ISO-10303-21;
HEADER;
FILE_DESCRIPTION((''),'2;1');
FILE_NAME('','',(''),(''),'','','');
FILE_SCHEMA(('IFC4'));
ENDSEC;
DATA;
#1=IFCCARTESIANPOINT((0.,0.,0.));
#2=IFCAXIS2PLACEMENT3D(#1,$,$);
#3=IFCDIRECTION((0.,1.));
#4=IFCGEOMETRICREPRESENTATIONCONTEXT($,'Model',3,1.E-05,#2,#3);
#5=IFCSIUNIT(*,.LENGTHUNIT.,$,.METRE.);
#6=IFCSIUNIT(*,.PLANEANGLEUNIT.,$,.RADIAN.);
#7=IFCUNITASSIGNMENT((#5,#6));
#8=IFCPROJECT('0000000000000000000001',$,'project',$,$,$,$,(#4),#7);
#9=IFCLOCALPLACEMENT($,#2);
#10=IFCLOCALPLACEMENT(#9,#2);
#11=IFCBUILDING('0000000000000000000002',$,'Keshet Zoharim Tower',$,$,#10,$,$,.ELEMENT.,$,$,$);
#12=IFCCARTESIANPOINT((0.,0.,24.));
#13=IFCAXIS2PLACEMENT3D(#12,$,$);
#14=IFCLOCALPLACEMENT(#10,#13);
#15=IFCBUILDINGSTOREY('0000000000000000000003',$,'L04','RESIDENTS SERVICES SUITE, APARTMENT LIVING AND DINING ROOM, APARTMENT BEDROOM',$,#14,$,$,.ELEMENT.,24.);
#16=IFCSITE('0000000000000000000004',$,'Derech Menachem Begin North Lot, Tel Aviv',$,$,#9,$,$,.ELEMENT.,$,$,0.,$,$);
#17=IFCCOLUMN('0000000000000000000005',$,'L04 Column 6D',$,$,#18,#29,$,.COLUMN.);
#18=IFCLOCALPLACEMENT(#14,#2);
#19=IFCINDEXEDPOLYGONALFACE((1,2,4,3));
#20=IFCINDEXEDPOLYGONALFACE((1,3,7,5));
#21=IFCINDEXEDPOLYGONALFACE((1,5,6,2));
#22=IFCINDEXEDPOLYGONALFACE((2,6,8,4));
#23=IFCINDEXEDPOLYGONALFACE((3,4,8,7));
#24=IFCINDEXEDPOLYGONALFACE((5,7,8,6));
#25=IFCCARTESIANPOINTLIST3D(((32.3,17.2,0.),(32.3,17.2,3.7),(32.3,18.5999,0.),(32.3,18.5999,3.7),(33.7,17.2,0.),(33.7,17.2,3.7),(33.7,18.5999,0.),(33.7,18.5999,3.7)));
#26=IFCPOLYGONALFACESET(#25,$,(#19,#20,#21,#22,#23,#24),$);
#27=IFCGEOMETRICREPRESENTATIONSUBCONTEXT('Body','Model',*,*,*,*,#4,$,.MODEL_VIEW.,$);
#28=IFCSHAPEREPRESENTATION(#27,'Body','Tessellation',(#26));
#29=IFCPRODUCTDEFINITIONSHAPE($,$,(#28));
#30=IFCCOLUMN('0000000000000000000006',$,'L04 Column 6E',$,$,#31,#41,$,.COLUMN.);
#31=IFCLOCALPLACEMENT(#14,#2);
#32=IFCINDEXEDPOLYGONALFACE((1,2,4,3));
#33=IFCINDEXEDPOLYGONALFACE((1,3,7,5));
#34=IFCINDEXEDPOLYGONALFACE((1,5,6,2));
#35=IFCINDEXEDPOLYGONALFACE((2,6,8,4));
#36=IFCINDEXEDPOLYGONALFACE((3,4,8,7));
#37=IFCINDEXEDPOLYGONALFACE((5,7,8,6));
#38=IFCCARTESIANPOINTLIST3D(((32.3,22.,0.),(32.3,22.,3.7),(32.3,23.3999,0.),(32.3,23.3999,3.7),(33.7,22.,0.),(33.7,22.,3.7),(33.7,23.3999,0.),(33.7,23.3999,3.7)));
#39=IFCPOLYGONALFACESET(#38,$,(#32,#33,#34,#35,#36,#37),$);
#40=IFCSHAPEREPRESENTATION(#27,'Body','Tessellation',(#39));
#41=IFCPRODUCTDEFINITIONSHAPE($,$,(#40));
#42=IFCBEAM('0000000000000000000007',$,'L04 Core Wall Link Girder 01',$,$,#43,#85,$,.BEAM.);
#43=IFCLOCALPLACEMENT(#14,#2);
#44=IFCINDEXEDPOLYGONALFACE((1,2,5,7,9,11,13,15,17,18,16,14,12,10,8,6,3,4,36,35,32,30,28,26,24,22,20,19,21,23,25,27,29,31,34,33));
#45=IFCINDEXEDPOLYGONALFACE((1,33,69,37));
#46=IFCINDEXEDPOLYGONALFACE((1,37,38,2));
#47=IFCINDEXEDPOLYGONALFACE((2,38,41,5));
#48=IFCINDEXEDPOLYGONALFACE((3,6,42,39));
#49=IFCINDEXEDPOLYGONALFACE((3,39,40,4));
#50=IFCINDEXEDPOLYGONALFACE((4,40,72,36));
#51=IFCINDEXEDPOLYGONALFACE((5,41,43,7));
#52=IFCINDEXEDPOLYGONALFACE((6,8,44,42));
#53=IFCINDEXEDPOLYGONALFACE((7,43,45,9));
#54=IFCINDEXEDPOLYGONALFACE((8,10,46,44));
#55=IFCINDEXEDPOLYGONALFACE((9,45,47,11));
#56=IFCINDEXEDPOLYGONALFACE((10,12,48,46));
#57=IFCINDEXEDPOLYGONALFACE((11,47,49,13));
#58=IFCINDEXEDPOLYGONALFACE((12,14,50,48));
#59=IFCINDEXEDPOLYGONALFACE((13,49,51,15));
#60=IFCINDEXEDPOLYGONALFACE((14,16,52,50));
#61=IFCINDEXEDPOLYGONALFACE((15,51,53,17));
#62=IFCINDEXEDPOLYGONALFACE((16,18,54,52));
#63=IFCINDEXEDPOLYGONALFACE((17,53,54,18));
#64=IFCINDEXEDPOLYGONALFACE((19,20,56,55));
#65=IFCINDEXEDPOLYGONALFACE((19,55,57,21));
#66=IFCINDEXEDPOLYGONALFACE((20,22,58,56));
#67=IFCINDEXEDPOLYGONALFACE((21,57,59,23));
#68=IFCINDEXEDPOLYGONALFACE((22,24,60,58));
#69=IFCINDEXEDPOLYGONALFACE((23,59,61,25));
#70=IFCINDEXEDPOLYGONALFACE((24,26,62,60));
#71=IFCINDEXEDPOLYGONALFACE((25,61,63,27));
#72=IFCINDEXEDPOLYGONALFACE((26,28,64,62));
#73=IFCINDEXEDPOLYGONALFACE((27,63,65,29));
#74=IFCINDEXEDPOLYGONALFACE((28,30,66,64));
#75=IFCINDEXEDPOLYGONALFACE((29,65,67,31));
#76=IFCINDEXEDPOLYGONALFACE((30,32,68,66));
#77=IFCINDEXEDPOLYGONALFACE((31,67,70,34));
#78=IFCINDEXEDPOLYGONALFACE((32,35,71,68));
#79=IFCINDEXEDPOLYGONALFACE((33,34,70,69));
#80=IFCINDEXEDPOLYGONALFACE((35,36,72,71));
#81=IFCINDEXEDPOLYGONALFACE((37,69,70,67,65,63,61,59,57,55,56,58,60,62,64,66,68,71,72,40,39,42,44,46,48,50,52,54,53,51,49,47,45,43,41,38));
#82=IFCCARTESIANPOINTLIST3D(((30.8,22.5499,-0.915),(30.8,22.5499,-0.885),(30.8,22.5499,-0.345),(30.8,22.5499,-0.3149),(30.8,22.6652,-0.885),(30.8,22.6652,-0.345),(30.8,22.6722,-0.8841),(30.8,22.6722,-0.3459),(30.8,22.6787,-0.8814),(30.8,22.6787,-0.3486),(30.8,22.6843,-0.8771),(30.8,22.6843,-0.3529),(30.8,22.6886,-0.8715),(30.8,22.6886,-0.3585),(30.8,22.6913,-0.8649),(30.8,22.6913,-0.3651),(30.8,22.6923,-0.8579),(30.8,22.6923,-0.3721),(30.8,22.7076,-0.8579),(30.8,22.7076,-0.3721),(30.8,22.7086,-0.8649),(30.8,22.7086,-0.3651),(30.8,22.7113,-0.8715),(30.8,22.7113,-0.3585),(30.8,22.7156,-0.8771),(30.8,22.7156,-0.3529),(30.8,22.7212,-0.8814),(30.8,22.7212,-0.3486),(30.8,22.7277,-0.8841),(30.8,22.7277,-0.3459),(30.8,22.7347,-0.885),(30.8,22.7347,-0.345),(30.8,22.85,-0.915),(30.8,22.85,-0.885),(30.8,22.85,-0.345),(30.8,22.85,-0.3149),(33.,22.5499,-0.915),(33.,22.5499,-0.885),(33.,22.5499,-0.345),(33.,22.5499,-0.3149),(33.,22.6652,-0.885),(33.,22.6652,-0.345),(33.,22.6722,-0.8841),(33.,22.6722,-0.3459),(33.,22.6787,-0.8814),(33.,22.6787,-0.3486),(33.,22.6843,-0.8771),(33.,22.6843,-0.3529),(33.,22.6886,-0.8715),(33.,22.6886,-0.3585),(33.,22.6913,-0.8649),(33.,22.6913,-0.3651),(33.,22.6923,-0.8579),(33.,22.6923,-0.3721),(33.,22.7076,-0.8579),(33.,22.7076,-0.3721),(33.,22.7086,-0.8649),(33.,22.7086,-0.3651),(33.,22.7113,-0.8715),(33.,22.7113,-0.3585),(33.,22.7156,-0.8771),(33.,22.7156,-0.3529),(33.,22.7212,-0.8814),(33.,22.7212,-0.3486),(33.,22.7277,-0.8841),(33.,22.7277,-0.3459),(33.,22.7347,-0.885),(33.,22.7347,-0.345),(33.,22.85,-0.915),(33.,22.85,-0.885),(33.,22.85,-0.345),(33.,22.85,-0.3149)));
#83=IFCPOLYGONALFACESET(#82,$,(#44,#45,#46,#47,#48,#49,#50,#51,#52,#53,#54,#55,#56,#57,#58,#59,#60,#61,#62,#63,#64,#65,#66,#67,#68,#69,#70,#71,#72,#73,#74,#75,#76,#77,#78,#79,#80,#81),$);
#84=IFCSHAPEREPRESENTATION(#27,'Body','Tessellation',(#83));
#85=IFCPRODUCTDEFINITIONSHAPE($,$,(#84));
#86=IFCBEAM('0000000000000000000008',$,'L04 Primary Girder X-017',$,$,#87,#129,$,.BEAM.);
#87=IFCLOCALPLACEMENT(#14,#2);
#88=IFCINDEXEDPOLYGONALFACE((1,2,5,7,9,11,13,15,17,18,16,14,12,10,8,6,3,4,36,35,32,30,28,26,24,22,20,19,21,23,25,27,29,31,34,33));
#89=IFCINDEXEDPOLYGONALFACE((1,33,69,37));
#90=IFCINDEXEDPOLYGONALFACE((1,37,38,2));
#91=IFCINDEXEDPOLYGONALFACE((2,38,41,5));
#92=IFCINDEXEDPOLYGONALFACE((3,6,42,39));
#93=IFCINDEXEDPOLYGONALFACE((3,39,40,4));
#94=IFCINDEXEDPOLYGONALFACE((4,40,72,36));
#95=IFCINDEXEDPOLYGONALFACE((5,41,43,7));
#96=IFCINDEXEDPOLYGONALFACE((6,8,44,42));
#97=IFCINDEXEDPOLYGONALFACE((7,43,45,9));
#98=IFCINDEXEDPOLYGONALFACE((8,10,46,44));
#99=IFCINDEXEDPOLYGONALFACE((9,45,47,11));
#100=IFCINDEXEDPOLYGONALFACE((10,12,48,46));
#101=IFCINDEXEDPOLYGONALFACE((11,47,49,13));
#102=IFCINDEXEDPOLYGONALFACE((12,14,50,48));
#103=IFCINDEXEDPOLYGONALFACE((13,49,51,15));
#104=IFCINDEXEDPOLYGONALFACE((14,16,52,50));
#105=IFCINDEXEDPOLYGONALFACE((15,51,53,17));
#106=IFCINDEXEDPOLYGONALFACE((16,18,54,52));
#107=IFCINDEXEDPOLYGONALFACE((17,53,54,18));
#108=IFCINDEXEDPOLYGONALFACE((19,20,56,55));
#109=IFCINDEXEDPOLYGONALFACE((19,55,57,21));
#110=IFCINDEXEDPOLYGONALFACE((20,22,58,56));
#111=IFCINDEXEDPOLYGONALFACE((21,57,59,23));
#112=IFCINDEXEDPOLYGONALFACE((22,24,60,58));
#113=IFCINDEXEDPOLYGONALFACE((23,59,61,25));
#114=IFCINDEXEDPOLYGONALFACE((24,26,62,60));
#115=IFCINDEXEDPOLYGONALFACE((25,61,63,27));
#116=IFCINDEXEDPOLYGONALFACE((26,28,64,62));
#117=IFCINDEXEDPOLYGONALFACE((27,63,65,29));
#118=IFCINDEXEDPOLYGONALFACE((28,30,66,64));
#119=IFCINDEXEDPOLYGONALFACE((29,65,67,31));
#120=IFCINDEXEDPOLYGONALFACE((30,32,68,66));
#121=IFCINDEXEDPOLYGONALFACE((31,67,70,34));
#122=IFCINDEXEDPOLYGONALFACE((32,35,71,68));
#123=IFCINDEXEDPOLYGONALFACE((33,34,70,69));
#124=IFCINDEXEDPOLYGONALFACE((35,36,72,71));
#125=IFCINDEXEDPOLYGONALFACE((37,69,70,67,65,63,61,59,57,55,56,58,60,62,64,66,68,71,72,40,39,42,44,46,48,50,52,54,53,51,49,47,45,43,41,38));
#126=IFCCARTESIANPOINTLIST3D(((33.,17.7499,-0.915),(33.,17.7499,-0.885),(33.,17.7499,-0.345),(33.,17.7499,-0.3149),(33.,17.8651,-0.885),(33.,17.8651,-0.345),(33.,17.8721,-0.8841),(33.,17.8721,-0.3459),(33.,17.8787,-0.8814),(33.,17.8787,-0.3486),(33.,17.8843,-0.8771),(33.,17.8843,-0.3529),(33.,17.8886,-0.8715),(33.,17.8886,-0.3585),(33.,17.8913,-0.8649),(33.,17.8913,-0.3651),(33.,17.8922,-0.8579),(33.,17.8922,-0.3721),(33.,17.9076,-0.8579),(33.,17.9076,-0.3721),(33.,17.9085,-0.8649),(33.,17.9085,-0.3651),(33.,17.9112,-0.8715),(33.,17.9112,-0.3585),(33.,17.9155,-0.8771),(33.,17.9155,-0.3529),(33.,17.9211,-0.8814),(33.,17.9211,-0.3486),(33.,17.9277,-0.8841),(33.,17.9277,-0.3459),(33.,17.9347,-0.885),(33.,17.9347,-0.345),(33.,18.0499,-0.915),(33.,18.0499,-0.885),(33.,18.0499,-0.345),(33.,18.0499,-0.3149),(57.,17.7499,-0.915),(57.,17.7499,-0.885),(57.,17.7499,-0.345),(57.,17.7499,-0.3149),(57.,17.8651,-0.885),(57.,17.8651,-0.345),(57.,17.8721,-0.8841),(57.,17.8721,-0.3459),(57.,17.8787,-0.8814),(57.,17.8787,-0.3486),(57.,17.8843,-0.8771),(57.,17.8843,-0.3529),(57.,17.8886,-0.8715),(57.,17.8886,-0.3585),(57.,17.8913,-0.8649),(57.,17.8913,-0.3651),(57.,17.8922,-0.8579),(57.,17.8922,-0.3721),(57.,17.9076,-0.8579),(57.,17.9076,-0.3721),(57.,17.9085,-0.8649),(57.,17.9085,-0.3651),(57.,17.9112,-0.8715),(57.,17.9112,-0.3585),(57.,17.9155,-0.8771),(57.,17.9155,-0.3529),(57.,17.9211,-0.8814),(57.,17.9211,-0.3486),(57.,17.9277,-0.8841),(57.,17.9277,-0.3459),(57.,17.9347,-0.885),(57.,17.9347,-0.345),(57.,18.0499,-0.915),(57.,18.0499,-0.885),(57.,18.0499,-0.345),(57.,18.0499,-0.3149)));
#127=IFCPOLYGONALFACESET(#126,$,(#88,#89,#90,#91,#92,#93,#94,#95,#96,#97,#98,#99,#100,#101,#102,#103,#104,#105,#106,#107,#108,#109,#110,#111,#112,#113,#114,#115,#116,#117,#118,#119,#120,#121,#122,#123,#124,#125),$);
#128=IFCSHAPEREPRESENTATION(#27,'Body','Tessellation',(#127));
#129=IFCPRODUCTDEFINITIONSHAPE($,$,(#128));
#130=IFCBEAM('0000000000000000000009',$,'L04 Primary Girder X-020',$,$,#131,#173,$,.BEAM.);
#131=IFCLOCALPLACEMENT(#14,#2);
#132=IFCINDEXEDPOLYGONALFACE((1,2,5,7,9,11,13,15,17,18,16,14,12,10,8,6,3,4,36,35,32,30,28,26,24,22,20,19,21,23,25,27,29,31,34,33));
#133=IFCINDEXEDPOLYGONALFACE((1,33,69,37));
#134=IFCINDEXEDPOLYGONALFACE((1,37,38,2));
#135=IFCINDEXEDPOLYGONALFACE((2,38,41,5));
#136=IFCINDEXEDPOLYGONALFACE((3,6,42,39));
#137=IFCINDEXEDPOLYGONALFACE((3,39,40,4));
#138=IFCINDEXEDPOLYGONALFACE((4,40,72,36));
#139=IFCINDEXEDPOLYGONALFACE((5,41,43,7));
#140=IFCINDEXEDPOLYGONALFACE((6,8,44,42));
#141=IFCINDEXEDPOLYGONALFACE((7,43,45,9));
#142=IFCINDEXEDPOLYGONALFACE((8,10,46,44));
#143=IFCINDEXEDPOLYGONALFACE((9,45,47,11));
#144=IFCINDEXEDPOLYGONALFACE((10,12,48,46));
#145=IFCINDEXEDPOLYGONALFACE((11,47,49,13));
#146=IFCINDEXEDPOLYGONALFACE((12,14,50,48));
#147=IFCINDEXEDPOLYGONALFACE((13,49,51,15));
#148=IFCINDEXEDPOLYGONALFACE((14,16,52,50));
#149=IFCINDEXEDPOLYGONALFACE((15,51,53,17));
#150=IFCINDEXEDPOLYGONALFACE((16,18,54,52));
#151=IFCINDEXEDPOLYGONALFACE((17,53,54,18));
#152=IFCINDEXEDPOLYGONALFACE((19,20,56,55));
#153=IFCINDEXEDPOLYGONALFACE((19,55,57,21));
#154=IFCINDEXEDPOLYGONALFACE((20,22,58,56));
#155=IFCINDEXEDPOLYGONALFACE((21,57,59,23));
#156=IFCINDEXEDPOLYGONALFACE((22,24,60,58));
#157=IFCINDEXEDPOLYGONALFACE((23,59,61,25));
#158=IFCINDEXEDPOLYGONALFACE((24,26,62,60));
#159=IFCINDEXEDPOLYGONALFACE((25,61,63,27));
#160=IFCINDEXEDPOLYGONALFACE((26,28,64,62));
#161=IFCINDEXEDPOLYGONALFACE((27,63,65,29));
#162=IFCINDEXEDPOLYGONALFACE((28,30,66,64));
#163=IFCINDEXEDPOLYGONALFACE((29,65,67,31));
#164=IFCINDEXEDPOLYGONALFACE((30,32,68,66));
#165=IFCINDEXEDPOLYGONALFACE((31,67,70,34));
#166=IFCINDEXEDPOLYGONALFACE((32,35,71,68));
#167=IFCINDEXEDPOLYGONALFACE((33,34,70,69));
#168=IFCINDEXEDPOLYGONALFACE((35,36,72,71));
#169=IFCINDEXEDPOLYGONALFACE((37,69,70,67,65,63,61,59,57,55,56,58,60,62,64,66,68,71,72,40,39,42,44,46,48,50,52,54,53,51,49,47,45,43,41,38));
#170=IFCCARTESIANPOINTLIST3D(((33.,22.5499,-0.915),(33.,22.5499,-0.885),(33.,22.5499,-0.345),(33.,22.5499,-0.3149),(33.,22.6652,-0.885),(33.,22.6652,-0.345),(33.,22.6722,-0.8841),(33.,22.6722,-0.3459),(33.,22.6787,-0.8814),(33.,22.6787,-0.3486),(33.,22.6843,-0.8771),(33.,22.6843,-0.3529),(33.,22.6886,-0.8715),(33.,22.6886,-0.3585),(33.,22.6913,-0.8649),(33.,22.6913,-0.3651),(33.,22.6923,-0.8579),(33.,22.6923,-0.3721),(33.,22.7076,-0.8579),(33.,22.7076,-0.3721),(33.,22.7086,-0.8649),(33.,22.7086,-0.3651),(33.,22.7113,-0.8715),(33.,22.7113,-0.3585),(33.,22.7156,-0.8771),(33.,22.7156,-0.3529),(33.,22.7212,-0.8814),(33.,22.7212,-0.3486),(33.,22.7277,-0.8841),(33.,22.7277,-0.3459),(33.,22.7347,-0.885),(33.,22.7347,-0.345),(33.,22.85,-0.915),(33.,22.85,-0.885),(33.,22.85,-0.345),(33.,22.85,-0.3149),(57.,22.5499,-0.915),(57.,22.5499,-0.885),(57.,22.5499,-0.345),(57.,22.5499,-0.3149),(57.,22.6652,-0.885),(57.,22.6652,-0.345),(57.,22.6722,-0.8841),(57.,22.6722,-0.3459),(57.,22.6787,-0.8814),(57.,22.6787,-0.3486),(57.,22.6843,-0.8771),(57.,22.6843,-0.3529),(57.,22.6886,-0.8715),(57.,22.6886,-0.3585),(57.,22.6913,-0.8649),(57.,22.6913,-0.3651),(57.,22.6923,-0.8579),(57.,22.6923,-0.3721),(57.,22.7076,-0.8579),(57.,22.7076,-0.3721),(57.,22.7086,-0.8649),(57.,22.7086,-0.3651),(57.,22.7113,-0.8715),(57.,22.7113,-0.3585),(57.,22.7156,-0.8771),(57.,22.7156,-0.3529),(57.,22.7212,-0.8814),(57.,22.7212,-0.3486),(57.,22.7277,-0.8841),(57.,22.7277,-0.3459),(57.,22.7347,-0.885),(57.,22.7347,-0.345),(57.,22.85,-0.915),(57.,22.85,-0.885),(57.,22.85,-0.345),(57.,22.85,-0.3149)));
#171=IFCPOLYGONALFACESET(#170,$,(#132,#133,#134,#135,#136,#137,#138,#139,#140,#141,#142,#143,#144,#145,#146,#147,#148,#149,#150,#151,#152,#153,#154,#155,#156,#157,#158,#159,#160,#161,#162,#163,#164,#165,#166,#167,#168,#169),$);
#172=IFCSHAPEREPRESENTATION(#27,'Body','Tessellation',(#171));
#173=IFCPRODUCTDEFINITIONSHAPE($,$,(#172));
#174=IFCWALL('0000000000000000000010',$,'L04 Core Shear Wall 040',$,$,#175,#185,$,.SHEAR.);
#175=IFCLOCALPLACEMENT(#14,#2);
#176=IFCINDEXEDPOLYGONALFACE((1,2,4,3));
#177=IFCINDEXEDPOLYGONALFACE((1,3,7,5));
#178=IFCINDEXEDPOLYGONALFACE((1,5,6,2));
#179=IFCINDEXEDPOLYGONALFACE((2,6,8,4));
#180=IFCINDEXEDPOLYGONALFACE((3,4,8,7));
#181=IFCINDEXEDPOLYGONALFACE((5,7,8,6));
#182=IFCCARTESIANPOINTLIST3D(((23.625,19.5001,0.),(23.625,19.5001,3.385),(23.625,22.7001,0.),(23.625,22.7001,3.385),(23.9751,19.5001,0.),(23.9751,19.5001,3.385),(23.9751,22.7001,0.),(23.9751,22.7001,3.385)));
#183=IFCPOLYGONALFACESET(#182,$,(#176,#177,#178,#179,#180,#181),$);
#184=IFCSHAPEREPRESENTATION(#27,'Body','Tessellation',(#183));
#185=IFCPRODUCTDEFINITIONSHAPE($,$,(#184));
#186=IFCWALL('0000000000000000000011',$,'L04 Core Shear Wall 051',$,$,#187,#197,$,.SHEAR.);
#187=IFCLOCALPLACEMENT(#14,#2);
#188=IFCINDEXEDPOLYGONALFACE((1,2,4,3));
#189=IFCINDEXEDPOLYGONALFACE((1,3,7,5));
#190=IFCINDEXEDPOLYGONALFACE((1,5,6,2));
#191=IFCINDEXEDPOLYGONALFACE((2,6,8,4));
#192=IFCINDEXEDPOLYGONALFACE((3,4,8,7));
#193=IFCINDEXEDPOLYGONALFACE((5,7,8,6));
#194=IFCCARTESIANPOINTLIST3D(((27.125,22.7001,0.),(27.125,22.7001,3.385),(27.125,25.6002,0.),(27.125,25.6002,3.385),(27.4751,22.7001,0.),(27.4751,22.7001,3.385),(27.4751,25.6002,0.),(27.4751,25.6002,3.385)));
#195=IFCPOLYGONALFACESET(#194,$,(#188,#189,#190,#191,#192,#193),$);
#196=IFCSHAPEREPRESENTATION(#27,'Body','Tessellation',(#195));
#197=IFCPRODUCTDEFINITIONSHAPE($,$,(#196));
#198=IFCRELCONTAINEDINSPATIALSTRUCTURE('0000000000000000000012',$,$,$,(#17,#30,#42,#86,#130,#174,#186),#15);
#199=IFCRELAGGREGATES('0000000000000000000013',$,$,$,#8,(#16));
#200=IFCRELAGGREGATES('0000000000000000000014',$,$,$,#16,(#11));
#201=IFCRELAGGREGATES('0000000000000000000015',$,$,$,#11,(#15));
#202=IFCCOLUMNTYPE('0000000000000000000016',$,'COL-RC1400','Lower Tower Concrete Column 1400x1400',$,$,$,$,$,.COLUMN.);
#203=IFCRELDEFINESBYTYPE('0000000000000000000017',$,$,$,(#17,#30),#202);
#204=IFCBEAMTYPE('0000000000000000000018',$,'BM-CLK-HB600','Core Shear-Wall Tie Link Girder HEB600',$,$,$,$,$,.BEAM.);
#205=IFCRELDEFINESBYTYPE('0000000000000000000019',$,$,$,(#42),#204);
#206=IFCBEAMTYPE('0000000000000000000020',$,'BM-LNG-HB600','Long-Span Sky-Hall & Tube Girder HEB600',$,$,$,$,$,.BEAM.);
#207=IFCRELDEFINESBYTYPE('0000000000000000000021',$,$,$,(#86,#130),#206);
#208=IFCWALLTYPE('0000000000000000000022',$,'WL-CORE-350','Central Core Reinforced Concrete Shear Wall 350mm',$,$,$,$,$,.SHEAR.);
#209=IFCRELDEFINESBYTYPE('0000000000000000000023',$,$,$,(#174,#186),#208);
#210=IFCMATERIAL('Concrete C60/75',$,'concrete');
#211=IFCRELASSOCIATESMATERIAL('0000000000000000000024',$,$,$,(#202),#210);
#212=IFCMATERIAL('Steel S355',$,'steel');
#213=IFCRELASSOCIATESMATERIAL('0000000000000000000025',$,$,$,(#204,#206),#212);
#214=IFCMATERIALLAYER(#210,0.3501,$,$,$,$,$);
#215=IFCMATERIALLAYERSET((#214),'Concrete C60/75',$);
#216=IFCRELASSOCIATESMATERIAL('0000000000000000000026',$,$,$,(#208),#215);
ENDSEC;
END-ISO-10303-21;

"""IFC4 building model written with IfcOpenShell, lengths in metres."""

from ifc_helpers import new_model, si_unit, direction, frame, frame_2d, origin, origin_2d, place, context, subcontext, project, spatial, rectangle, i_section, extrude, material, layer, layer_set, material_profile, profile_set, type_object, element, save


model = new_model("IFC4")

# Units and contexts
model_context = context("Model", 3, precision=1e-05, world=origin(), true_north=direction((0.0, 1.0)))
body_context = subcontext(model_context, "Body", "Model", "MODEL_VIEW")
ifc_project = project(units=[si_unit("LENGTHUNIT", "METRE"), si_unit("PLANEANGLEUNIT", "RADIAN")], contexts=[model_context])

# Site, building, storey
site_placement = place(None, origin())
site = spatial("IfcSite", under=ifc_project, at=site_placement, Name="Derech Menachem Begin North Lot, Tel Aviv", CompositionType="ELEMENT", RefElevation=0.0)
building_placement = place(site_placement, origin())
building = spatial("IfcBuilding", under=site, at=building_placement, Name="Keshet Zoharim Tower", CompositionType="ELEMENT")
storey_placement = place(building_placement, frame((0.0, 0.0, 24.0)))
storey = spatial("IfcBuildingStorey", under=building, at=storey_placement, Name="L04", Description="RESIDENTS SERVICES SUITE, APARTMENT LIVING AND DINING ROOM, APARTMENT BEDROOM", CompositionType="ELEMENT", Elevation=24.0)

# Columns
ifc_material_1 = material(Name="Concrete C60/75", Category="concrete")
ifc_material_profile_1 = material_profile(ifc_material_1, rectangle(XDim=1.3999, YDim=1.3999, at=origin_2d()), Name="RC1400x1400")
ifc_profile_set_1 = profile_set([ifc_material_profile_1], Name="Concrete C60/75")
column_type = type_object("IfcColumnType", Name="COL-RC1400", Description="Lower Tower Concrete Column 1400x1400", PredefinedType="COLUMN", material=ifc_profile_set_1)
for number, where, z_axis, x_axis, name in (
    (1, (33.0, 17.8999, 0.0), (0.0, 0.0, 1.0), (1.0, 0.0, 0.0), "L04 Column 6D"),
    (2, (33.0, 22.7, 0.0), (0.0, 0.0, 1.0), (1.0, 0.0, 0.0), "L04 Column 6E"),
):
    element("IfcColumn", number, at=place(storey_placement, frame(where, z_axis=z_axis, x_axis=x_axis)), inside=storey, type_object=column_type, Name=name, PredefinedType="COLUMN", context=body_context, shape_type="SweptSolid", body=[
        extrude(rectangle(XDim=1.3999, YDim=1.3999, at=origin_2d()), origin(), (0.0, 0.0, 1.0), 3.7),
    ])

# Beams
ifc_material_2 = material(Name="Steel S355", Category="steel")
ifc_material_profile_2 = material_profile(ifc_material_2, i_section(OverallWidth=0.3, OverallDepth=0.6001, WebThickness=0.0154, FlangeThickness=0.03, FilletRadius=0.0271, at=origin_2d()), Name="HEB600")
ifc_profile_set_2 = profile_set([ifc_material_profile_2], Name="Steel S355")
beam_type_1 = type_object("IfcBeamType", Name="BM-CLK-HB600", Description="Core Shear-Wall Tie Link Girder HEB600", PredefinedType="BEAM", material=ifc_profile_set_2)
beam_placement = place(storey_placement, frame((30.8, 22.7, -0.615), z_axis=(1.0, 0.0, 0.0), x_axis=(0.0, 1.0, 0.0)))
element("IfcBeam", 3, at=beam_placement, inside=storey, type_object=beam_type_1, Name="L04 Core Wall Link Girder 01", PredefinedType="BEAM", context=body_context, shape_type="SweptSolid", body=[
    extrude(i_section(OverallWidth=0.3, OverallDepth=0.6001, WebThickness=0.0154, FlangeThickness=0.03, FilletRadius=0.0271, at=origin_2d()), origin(), (0.0, 0.0, 1.0), 2.2),
])
ifc_material_profile_3 = material_profile(ifc_material_2, i_section(OverallWidth=0.3, OverallDepth=0.6001, WebThickness=0.0154, FlangeThickness=0.03, FilletRadius=0.0271, at=origin_2d()), Name="HEB600")
ifc_profile_set_3 = profile_set([ifc_material_profile_3], Name="Steel S355")
beam_type_2 = type_object("IfcBeamType", Name="BM-LNG-HB600", Description="Long-Span Sky-Hall & Tube Girder HEB600", PredefinedType="BEAM", material=ifc_profile_set_3)
for number, where, z_axis, x_axis, name in (
    (4, (33.0, 17.8999, -0.615), (1.0, 0.0, 0.0), (0.0, 1.0, 0.0), "L04 Primary Girder X-017"),
    (5, (33.0, 22.7, -0.615), (1.0, 0.0, 0.0), (0.0, 1.0, 0.0), "L04 Primary Girder X-020"),
):
    element("IfcBeam", number, at=place(storey_placement, frame(where, z_axis=z_axis, x_axis=x_axis)), inside=storey, type_object=beam_type_2, Name=name, PredefinedType="BEAM", context=body_context, shape_type="SweptSolid", body=[
        extrude(i_section(OverallWidth=0.3, OverallDepth=0.6001, WebThickness=0.0154, FlangeThickness=0.03, FilletRadius=0.0271, at=origin_2d()), origin(), (0.0, 0.0, 1.0), 24.0),
    ])

# Wall
ifc_layer_1 = layer(ifc_material_1, 0.3501)
ifc_layer_set_1 = layer_set([ifc_layer_1], Name="Concrete C60/75")
wall_type_1 = type_object("IfcWallType", Name="WL-CORE-350", Description="Central Core Reinforced Concrete Shear Wall 350mm", PredefinedType="SHEAR", material=ifc_layer_set_1)
wall_1_placement = place(storey_placement, frame((23.8, 19.5, 0.0), z_axis=(0.0, 0.0, 1.0), x_axis=(0.0, 1.0, 0.0)))
element("IfcWall", 6, at=wall_1_placement, inside=storey, type_object=wall_type_1, Name="L04 Core Shear Wall 040", PredefinedType="SHEAR", context=body_context, shape_type="SweptSolid", body=[
    extrude(rectangle(XDim=3.2, YDim=0.3501, at=frame_2d((1.6001, 0.0))), origin(), (0.0, 0.0, 1.0), 3.385),
])

# Wall
wall_2_placement = place(storey_placement, frame((27.3, 22.7, 0.0), z_axis=(0.0, 0.0, 1.0), x_axis=(0.0, 1.0, 0.0)))
element("IfcWall", 7, at=wall_2_placement, inside=storey, type_object=wall_type_1, Name="L04 Core Shear Wall 051", PredefinedType="SHEAR", context=body_context, shape_type="SweptSolid", body=[
    extrude(rectangle(XDim=2.9001, YDim=0.3501, at=frame_2d((1.4502, 0.0))), origin(), (0.0, 0.0, 1.0), 3.385),
])

save(model, "model.ifc")
